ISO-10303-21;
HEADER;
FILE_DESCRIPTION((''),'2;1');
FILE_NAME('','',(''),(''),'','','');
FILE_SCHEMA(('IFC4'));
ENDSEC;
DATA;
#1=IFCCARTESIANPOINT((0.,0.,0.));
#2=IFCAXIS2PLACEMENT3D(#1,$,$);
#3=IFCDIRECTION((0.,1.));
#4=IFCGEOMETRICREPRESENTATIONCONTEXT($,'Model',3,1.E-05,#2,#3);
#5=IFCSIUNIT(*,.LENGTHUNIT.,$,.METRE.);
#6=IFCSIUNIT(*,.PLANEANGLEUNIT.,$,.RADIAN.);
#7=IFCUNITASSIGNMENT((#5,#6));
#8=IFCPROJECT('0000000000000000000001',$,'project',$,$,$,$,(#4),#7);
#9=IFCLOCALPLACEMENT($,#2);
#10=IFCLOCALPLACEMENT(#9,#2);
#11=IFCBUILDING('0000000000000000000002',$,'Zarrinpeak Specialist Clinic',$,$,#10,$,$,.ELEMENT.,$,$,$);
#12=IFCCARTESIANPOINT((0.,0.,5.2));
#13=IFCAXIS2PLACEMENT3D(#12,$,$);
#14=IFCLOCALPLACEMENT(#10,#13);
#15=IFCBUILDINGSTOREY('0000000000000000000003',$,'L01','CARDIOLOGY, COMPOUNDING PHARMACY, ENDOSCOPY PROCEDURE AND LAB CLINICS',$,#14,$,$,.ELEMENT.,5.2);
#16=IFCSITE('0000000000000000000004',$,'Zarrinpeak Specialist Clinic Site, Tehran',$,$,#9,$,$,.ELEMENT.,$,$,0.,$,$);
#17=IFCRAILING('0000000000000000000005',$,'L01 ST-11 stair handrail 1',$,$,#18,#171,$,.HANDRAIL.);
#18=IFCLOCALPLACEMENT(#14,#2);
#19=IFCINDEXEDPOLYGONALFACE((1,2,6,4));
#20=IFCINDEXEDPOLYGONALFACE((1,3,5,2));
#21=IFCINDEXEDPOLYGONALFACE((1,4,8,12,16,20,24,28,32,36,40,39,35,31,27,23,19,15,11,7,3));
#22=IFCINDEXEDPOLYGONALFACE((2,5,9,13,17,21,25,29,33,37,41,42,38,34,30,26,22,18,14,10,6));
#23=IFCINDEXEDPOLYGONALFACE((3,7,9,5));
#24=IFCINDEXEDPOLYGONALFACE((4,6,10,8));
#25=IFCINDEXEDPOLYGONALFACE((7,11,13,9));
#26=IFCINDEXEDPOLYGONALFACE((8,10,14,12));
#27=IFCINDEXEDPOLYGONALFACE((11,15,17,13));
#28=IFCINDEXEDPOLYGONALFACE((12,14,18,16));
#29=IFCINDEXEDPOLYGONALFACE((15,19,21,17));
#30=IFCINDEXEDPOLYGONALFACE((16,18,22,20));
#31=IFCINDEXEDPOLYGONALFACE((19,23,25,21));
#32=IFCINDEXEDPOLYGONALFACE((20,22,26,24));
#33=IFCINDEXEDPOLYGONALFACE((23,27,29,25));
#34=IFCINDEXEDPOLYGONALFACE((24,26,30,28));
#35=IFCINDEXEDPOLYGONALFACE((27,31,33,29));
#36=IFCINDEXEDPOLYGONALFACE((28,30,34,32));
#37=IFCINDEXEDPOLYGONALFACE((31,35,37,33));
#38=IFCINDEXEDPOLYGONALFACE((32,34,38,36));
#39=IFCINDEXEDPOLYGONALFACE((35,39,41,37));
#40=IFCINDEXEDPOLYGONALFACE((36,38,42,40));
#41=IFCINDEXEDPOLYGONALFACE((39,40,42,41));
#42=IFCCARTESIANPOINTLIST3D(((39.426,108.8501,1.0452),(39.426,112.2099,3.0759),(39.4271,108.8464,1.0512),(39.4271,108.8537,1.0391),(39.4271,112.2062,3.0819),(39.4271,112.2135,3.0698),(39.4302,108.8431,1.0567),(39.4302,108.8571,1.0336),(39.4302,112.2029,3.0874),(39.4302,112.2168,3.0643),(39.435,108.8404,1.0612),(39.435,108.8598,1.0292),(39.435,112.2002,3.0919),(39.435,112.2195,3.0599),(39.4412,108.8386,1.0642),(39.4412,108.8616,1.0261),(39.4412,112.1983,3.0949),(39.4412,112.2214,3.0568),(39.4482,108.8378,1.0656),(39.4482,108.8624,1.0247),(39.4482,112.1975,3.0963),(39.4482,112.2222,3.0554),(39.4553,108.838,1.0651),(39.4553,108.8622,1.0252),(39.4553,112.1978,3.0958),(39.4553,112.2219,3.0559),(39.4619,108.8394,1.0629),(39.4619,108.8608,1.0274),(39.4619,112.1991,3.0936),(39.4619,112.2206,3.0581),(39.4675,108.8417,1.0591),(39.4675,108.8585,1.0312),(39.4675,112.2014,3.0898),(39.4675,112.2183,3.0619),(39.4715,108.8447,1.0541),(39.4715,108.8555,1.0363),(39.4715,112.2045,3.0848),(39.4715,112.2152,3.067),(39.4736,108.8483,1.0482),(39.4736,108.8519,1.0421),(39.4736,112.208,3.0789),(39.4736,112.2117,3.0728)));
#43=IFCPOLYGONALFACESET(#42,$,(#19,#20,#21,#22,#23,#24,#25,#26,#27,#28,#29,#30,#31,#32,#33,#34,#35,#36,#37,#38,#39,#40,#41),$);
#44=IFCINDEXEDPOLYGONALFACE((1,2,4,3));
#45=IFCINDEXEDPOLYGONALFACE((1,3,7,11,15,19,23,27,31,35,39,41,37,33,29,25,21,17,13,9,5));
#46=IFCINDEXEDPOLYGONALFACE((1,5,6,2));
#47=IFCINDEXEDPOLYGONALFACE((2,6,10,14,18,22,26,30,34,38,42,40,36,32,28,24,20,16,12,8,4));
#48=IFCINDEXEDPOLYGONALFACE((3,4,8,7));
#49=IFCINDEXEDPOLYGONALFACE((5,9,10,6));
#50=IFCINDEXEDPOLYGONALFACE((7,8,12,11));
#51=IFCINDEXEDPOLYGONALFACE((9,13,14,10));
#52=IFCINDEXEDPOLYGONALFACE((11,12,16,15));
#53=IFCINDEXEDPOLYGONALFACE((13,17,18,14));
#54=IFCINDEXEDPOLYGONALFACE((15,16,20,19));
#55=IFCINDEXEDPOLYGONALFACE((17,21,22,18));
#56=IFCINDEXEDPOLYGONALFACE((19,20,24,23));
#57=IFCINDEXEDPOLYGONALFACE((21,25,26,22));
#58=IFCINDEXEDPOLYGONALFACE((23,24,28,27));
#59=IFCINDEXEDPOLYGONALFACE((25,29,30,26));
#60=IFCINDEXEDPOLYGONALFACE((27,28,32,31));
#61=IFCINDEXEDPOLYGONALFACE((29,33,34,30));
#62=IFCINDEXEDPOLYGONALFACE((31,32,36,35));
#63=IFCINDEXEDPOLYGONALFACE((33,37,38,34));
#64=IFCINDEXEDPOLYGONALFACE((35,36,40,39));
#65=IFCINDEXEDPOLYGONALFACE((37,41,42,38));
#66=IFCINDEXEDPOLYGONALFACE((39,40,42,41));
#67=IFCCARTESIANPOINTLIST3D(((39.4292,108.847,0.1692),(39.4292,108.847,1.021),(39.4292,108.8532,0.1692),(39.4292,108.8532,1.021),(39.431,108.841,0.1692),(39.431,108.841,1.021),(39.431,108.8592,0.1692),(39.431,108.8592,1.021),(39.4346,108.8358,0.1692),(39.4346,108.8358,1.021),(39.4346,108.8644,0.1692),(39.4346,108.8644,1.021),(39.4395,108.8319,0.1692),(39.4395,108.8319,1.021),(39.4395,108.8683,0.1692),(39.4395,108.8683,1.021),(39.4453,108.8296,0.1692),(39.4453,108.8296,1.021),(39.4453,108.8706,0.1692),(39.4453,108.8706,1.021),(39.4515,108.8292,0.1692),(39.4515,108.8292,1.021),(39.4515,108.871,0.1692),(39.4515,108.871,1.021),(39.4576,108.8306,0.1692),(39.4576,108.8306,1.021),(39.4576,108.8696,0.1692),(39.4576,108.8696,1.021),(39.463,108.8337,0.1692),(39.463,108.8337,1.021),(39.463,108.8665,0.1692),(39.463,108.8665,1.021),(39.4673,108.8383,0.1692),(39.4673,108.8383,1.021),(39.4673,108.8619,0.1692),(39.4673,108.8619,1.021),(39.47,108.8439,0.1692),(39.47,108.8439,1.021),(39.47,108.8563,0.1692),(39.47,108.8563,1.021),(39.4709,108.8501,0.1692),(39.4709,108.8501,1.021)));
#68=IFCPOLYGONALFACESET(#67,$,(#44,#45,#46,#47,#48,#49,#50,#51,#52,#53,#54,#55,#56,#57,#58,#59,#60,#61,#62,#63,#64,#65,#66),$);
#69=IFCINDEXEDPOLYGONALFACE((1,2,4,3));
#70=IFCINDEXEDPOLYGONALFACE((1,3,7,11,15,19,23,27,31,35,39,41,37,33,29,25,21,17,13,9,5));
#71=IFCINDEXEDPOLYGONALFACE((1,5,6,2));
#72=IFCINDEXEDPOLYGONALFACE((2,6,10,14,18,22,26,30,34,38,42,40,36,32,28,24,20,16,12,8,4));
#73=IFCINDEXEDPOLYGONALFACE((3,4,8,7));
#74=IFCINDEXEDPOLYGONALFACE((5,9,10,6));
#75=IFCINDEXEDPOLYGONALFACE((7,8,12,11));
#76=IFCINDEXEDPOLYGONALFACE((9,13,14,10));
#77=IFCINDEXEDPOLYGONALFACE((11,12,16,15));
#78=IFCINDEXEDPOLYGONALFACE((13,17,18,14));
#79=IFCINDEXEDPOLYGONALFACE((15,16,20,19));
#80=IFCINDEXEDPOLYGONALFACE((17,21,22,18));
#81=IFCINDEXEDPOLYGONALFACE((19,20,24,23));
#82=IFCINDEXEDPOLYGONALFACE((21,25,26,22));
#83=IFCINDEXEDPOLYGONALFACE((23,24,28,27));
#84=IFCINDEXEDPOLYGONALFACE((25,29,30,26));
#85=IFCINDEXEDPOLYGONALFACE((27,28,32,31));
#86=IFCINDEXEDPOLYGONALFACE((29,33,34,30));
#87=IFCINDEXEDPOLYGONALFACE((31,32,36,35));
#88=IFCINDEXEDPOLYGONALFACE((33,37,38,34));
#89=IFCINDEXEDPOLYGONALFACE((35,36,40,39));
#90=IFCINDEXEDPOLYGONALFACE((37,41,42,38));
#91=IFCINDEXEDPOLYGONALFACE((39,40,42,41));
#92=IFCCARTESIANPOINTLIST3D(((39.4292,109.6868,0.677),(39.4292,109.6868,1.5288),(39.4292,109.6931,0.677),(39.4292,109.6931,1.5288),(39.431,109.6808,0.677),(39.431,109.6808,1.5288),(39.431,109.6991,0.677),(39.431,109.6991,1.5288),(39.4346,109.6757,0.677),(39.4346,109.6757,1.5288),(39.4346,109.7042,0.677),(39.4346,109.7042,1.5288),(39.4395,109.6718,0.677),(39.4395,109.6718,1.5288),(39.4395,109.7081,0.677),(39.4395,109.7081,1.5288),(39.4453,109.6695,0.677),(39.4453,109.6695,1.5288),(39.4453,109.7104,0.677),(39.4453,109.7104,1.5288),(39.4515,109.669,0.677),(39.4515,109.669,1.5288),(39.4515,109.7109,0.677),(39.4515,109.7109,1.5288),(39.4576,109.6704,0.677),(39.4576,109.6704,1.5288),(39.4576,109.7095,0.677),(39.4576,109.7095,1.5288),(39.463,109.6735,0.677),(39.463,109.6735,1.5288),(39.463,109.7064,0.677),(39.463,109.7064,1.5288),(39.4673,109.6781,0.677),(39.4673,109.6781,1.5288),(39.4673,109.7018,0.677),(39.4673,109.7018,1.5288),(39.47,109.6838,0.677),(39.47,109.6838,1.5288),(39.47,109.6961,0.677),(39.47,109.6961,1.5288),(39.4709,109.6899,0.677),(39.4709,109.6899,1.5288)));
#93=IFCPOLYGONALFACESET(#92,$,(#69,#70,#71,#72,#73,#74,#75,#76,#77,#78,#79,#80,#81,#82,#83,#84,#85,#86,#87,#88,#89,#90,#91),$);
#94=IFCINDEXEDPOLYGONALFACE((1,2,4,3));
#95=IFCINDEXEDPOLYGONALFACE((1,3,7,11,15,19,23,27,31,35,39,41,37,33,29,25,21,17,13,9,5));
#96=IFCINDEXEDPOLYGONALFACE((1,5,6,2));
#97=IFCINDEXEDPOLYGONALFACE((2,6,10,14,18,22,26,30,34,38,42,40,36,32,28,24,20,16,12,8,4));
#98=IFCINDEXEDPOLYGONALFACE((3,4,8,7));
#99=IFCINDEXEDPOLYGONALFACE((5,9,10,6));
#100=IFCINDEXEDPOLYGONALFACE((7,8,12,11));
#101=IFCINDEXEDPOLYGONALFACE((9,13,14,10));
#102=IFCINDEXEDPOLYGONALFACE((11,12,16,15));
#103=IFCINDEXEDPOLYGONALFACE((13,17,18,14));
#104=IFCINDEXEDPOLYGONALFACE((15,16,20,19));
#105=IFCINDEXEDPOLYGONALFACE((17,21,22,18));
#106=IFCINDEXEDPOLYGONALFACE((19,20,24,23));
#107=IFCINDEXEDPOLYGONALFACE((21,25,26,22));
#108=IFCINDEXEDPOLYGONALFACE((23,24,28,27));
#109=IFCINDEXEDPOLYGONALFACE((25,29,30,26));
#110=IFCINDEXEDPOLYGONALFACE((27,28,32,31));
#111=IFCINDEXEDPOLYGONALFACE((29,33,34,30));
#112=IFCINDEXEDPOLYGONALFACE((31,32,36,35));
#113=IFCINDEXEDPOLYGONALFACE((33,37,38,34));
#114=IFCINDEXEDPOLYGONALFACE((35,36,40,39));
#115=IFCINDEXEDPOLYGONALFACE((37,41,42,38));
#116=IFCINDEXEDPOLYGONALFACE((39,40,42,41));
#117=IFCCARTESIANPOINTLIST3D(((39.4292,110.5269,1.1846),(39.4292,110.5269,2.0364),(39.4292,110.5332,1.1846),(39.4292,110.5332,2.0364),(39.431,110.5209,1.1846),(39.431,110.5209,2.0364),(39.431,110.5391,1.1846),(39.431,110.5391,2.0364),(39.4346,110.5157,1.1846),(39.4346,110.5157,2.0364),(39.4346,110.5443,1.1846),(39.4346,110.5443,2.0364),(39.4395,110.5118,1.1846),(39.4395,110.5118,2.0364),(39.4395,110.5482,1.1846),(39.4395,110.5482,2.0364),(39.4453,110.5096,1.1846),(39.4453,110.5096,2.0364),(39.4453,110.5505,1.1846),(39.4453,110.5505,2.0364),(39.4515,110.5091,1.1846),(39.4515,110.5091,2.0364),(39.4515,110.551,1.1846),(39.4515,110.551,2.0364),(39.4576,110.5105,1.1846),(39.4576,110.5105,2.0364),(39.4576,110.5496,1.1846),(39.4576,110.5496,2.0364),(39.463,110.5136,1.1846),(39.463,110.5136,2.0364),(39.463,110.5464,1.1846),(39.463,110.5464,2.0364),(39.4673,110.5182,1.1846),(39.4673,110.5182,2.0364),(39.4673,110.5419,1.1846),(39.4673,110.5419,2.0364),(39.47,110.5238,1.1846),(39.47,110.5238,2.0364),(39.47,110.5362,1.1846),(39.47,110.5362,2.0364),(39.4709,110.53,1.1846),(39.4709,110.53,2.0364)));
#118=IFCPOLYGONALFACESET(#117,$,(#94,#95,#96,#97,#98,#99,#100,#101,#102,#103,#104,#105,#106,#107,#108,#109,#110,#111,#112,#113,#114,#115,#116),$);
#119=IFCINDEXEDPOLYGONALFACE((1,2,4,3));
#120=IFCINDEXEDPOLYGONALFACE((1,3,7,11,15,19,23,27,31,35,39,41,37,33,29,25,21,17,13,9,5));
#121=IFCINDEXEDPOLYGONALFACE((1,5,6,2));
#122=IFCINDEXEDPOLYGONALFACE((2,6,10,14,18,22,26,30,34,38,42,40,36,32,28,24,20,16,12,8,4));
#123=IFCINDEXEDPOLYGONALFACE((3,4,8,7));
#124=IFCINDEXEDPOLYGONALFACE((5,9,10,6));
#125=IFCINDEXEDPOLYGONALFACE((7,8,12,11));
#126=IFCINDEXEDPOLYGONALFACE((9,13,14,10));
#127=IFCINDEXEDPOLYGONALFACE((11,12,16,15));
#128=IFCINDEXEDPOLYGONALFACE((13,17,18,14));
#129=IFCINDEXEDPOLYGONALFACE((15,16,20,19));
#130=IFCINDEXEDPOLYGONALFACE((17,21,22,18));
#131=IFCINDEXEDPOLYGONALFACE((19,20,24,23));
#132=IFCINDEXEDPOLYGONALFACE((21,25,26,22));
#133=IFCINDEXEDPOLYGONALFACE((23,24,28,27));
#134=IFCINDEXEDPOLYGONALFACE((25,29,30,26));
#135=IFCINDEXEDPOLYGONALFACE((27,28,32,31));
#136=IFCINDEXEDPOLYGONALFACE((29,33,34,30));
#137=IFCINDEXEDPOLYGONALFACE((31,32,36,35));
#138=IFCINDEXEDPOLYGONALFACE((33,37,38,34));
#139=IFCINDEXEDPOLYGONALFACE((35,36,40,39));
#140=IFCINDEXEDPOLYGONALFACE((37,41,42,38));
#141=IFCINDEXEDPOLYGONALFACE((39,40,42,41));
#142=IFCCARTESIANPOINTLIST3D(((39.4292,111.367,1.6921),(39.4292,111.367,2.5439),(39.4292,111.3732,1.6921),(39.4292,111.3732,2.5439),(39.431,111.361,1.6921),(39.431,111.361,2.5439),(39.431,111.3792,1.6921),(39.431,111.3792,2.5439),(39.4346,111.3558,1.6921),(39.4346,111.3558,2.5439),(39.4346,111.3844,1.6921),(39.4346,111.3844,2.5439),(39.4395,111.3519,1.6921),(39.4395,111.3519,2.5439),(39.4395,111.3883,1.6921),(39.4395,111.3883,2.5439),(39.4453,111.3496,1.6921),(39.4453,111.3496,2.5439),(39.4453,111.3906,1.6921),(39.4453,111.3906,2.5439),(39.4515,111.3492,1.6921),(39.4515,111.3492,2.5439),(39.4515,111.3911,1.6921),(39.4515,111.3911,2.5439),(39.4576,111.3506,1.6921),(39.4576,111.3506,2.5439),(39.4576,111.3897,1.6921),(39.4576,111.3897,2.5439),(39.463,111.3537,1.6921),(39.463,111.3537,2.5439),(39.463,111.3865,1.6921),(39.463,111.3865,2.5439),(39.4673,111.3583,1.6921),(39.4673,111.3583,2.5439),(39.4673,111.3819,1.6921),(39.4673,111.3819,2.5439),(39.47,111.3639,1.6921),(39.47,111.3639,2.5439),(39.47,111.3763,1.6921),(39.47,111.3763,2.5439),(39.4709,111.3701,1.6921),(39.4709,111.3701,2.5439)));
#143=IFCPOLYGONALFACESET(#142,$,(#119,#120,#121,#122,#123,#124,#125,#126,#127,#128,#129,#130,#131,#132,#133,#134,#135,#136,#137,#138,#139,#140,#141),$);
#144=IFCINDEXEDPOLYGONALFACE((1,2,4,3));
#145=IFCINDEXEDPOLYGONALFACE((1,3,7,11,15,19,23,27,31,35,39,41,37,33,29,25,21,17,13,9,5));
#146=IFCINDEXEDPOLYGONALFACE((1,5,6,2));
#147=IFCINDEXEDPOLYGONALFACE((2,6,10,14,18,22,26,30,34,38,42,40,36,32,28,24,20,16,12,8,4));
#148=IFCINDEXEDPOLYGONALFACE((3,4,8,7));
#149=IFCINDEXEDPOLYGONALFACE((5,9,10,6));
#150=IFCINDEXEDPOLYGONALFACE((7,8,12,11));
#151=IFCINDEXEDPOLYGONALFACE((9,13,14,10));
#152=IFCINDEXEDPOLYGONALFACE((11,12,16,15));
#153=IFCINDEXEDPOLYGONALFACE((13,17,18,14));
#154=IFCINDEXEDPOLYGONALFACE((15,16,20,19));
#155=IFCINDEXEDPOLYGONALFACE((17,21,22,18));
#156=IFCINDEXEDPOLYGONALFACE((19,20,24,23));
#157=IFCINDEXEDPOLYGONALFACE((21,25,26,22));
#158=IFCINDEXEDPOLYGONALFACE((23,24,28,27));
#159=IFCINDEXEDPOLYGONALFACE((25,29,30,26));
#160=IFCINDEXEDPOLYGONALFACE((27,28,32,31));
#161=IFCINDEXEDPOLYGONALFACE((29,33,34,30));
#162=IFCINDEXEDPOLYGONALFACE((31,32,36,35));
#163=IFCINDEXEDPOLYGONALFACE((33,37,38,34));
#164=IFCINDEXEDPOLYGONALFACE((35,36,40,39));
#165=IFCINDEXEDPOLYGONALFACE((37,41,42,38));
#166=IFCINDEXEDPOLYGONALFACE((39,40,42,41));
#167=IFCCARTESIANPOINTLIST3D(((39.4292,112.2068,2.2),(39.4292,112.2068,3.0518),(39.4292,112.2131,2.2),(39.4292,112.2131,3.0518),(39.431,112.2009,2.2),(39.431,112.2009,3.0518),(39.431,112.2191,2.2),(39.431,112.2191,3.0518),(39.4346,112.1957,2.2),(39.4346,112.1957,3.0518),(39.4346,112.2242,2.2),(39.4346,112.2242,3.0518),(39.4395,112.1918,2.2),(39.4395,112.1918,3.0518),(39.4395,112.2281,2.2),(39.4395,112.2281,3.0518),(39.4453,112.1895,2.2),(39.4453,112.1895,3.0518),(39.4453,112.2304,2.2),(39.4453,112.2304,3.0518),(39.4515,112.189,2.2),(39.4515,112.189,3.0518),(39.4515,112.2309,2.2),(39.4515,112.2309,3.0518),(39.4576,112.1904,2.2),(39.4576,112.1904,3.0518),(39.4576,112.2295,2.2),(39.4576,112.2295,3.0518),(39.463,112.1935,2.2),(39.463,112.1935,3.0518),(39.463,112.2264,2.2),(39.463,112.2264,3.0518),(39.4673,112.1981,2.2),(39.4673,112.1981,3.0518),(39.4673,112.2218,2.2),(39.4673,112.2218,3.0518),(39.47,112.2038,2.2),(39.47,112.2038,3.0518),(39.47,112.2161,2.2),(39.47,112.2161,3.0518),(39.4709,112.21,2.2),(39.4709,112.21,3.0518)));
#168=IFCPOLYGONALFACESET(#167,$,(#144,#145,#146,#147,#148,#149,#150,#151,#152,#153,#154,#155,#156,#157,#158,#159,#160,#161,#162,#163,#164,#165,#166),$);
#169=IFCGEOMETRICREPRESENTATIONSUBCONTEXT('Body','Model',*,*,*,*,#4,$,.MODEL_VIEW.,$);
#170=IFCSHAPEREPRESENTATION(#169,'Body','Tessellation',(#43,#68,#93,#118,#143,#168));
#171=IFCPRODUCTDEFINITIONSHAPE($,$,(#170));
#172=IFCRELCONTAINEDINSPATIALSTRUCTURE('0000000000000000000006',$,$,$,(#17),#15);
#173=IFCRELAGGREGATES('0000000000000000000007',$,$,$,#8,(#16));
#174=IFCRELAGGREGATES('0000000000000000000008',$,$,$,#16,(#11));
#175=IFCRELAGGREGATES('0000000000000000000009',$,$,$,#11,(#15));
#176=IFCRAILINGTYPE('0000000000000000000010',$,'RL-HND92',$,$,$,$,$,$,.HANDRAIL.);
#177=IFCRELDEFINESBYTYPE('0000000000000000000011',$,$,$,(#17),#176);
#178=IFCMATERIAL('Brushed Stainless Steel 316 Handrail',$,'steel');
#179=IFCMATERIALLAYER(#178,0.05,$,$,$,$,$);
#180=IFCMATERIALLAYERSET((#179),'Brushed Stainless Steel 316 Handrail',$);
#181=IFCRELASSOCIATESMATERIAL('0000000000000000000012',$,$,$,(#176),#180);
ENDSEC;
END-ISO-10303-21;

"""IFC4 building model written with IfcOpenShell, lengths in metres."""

from ifc_helpers import new_model, si_unit, direction, frame, origin, origin_2d, place, context, subcontext, project, spatial, circle, extrude, material, layer, layer_set, type_object, element, save


model = new_model("IFC4")

# Units and contexts
model_context = context("Model", 3, precision=1e-05, world=origin(), true_north=direction((0.0, 1.0)))
body_context = subcontext(model_context, "Body", "Model", "MODEL_VIEW")
ifc_project = project(units=[si_unit("LENGTHUNIT", "METRE"), si_unit("PLANEANGLEUNIT", "RADIAN")], contexts=[model_context])

# Site, building, storey
site_placement = place(None, origin())
site = spatial("IfcSite", under=ifc_project, at=site_placement, Name="Zarrinpeak Specialist Clinic Site, Tehran", CompositionType="ELEMENT", RefElevation=0.0)
building_placement = place(site_placement, origin())
building = spatial("IfcBuilding", under=site, at=building_placement, Name="Zarrinpeak Specialist Clinic", CompositionType="ELEMENT")
storey_placement = place(building_placement, frame((0.0, 0.0, 5.2)))
storey = spatial("IfcBuildingStorey", under=building, at=storey_placement, Name="L01", Description="CARDIOLOGY, COMPOUNDING PHARMACY, ENDOSCOPY PROCEDURE AND LAB CLINICS", CompositionType="ELEMENT", Elevation=5.2)

# Railing
ifc_material_1 = material(Name="Brushed Stainless Steel 316 Handrail", Category="steel")
ifc_layer_1 = layer(ifc_material_1, 0.05)
ifc_layer_set_1 = layer_set([ifc_layer_1], Name="Brushed Stainless Steel 316 Handrail")
railing_type_1 = type_object("IfcRailingType", Name="RL-HND92", PredefinedType="HANDRAIL", material=ifc_layer_set_1)
railing_1_placement = place(storey_placement, frame((39.45, 108.8501, 0.1692)))
element("IfcRailing", 1, at=railing_1_placement, inside=storey, type_object=railing_type_1, Name="L01 ST-11 stair handrail 1", PredefinedType="HANDRAIL", context=body_context, shape_type="SweptSolid", body=[
    extrude(circle(Radius=0.0239, at=origin_2d()), frame((0.0, 0.0, 0.876), z_axis=(0.0, 0.85582, 0.517273), x_axis=(-1.0, 0.0, 0.0)), (0.0, 0.0, 1.0), 3.9258),
    extrude(circle(Radius=0.021, at=origin_2d()), origin(), (0.0, 0.0, 1.0), 0.8518),
    extrude(circle(Radius=0.021, at=origin_2d()), frame((0.0, 0.8398, 0.5078)), (0.0, 0.0, 1.0), 0.8518),
    extrude(circle(Radius=0.021, at=origin_2d()), frame((0.0, 1.6799, 1.0154)), (0.0, 0.0, 1.0), 0.8518),
    extrude(circle(Radius=0.021, at=origin_2d()), frame((0.0, 2.52, 1.5229)), (0.0, 0.0, 1.0), 0.8518),
    extrude(circle(Radius=0.021, at=origin_2d()), frame((0.0, 3.3599, 2.0308)), (0.0, 0.0, 1.0), 0.8518),
])

save(model, "model.ifc")
